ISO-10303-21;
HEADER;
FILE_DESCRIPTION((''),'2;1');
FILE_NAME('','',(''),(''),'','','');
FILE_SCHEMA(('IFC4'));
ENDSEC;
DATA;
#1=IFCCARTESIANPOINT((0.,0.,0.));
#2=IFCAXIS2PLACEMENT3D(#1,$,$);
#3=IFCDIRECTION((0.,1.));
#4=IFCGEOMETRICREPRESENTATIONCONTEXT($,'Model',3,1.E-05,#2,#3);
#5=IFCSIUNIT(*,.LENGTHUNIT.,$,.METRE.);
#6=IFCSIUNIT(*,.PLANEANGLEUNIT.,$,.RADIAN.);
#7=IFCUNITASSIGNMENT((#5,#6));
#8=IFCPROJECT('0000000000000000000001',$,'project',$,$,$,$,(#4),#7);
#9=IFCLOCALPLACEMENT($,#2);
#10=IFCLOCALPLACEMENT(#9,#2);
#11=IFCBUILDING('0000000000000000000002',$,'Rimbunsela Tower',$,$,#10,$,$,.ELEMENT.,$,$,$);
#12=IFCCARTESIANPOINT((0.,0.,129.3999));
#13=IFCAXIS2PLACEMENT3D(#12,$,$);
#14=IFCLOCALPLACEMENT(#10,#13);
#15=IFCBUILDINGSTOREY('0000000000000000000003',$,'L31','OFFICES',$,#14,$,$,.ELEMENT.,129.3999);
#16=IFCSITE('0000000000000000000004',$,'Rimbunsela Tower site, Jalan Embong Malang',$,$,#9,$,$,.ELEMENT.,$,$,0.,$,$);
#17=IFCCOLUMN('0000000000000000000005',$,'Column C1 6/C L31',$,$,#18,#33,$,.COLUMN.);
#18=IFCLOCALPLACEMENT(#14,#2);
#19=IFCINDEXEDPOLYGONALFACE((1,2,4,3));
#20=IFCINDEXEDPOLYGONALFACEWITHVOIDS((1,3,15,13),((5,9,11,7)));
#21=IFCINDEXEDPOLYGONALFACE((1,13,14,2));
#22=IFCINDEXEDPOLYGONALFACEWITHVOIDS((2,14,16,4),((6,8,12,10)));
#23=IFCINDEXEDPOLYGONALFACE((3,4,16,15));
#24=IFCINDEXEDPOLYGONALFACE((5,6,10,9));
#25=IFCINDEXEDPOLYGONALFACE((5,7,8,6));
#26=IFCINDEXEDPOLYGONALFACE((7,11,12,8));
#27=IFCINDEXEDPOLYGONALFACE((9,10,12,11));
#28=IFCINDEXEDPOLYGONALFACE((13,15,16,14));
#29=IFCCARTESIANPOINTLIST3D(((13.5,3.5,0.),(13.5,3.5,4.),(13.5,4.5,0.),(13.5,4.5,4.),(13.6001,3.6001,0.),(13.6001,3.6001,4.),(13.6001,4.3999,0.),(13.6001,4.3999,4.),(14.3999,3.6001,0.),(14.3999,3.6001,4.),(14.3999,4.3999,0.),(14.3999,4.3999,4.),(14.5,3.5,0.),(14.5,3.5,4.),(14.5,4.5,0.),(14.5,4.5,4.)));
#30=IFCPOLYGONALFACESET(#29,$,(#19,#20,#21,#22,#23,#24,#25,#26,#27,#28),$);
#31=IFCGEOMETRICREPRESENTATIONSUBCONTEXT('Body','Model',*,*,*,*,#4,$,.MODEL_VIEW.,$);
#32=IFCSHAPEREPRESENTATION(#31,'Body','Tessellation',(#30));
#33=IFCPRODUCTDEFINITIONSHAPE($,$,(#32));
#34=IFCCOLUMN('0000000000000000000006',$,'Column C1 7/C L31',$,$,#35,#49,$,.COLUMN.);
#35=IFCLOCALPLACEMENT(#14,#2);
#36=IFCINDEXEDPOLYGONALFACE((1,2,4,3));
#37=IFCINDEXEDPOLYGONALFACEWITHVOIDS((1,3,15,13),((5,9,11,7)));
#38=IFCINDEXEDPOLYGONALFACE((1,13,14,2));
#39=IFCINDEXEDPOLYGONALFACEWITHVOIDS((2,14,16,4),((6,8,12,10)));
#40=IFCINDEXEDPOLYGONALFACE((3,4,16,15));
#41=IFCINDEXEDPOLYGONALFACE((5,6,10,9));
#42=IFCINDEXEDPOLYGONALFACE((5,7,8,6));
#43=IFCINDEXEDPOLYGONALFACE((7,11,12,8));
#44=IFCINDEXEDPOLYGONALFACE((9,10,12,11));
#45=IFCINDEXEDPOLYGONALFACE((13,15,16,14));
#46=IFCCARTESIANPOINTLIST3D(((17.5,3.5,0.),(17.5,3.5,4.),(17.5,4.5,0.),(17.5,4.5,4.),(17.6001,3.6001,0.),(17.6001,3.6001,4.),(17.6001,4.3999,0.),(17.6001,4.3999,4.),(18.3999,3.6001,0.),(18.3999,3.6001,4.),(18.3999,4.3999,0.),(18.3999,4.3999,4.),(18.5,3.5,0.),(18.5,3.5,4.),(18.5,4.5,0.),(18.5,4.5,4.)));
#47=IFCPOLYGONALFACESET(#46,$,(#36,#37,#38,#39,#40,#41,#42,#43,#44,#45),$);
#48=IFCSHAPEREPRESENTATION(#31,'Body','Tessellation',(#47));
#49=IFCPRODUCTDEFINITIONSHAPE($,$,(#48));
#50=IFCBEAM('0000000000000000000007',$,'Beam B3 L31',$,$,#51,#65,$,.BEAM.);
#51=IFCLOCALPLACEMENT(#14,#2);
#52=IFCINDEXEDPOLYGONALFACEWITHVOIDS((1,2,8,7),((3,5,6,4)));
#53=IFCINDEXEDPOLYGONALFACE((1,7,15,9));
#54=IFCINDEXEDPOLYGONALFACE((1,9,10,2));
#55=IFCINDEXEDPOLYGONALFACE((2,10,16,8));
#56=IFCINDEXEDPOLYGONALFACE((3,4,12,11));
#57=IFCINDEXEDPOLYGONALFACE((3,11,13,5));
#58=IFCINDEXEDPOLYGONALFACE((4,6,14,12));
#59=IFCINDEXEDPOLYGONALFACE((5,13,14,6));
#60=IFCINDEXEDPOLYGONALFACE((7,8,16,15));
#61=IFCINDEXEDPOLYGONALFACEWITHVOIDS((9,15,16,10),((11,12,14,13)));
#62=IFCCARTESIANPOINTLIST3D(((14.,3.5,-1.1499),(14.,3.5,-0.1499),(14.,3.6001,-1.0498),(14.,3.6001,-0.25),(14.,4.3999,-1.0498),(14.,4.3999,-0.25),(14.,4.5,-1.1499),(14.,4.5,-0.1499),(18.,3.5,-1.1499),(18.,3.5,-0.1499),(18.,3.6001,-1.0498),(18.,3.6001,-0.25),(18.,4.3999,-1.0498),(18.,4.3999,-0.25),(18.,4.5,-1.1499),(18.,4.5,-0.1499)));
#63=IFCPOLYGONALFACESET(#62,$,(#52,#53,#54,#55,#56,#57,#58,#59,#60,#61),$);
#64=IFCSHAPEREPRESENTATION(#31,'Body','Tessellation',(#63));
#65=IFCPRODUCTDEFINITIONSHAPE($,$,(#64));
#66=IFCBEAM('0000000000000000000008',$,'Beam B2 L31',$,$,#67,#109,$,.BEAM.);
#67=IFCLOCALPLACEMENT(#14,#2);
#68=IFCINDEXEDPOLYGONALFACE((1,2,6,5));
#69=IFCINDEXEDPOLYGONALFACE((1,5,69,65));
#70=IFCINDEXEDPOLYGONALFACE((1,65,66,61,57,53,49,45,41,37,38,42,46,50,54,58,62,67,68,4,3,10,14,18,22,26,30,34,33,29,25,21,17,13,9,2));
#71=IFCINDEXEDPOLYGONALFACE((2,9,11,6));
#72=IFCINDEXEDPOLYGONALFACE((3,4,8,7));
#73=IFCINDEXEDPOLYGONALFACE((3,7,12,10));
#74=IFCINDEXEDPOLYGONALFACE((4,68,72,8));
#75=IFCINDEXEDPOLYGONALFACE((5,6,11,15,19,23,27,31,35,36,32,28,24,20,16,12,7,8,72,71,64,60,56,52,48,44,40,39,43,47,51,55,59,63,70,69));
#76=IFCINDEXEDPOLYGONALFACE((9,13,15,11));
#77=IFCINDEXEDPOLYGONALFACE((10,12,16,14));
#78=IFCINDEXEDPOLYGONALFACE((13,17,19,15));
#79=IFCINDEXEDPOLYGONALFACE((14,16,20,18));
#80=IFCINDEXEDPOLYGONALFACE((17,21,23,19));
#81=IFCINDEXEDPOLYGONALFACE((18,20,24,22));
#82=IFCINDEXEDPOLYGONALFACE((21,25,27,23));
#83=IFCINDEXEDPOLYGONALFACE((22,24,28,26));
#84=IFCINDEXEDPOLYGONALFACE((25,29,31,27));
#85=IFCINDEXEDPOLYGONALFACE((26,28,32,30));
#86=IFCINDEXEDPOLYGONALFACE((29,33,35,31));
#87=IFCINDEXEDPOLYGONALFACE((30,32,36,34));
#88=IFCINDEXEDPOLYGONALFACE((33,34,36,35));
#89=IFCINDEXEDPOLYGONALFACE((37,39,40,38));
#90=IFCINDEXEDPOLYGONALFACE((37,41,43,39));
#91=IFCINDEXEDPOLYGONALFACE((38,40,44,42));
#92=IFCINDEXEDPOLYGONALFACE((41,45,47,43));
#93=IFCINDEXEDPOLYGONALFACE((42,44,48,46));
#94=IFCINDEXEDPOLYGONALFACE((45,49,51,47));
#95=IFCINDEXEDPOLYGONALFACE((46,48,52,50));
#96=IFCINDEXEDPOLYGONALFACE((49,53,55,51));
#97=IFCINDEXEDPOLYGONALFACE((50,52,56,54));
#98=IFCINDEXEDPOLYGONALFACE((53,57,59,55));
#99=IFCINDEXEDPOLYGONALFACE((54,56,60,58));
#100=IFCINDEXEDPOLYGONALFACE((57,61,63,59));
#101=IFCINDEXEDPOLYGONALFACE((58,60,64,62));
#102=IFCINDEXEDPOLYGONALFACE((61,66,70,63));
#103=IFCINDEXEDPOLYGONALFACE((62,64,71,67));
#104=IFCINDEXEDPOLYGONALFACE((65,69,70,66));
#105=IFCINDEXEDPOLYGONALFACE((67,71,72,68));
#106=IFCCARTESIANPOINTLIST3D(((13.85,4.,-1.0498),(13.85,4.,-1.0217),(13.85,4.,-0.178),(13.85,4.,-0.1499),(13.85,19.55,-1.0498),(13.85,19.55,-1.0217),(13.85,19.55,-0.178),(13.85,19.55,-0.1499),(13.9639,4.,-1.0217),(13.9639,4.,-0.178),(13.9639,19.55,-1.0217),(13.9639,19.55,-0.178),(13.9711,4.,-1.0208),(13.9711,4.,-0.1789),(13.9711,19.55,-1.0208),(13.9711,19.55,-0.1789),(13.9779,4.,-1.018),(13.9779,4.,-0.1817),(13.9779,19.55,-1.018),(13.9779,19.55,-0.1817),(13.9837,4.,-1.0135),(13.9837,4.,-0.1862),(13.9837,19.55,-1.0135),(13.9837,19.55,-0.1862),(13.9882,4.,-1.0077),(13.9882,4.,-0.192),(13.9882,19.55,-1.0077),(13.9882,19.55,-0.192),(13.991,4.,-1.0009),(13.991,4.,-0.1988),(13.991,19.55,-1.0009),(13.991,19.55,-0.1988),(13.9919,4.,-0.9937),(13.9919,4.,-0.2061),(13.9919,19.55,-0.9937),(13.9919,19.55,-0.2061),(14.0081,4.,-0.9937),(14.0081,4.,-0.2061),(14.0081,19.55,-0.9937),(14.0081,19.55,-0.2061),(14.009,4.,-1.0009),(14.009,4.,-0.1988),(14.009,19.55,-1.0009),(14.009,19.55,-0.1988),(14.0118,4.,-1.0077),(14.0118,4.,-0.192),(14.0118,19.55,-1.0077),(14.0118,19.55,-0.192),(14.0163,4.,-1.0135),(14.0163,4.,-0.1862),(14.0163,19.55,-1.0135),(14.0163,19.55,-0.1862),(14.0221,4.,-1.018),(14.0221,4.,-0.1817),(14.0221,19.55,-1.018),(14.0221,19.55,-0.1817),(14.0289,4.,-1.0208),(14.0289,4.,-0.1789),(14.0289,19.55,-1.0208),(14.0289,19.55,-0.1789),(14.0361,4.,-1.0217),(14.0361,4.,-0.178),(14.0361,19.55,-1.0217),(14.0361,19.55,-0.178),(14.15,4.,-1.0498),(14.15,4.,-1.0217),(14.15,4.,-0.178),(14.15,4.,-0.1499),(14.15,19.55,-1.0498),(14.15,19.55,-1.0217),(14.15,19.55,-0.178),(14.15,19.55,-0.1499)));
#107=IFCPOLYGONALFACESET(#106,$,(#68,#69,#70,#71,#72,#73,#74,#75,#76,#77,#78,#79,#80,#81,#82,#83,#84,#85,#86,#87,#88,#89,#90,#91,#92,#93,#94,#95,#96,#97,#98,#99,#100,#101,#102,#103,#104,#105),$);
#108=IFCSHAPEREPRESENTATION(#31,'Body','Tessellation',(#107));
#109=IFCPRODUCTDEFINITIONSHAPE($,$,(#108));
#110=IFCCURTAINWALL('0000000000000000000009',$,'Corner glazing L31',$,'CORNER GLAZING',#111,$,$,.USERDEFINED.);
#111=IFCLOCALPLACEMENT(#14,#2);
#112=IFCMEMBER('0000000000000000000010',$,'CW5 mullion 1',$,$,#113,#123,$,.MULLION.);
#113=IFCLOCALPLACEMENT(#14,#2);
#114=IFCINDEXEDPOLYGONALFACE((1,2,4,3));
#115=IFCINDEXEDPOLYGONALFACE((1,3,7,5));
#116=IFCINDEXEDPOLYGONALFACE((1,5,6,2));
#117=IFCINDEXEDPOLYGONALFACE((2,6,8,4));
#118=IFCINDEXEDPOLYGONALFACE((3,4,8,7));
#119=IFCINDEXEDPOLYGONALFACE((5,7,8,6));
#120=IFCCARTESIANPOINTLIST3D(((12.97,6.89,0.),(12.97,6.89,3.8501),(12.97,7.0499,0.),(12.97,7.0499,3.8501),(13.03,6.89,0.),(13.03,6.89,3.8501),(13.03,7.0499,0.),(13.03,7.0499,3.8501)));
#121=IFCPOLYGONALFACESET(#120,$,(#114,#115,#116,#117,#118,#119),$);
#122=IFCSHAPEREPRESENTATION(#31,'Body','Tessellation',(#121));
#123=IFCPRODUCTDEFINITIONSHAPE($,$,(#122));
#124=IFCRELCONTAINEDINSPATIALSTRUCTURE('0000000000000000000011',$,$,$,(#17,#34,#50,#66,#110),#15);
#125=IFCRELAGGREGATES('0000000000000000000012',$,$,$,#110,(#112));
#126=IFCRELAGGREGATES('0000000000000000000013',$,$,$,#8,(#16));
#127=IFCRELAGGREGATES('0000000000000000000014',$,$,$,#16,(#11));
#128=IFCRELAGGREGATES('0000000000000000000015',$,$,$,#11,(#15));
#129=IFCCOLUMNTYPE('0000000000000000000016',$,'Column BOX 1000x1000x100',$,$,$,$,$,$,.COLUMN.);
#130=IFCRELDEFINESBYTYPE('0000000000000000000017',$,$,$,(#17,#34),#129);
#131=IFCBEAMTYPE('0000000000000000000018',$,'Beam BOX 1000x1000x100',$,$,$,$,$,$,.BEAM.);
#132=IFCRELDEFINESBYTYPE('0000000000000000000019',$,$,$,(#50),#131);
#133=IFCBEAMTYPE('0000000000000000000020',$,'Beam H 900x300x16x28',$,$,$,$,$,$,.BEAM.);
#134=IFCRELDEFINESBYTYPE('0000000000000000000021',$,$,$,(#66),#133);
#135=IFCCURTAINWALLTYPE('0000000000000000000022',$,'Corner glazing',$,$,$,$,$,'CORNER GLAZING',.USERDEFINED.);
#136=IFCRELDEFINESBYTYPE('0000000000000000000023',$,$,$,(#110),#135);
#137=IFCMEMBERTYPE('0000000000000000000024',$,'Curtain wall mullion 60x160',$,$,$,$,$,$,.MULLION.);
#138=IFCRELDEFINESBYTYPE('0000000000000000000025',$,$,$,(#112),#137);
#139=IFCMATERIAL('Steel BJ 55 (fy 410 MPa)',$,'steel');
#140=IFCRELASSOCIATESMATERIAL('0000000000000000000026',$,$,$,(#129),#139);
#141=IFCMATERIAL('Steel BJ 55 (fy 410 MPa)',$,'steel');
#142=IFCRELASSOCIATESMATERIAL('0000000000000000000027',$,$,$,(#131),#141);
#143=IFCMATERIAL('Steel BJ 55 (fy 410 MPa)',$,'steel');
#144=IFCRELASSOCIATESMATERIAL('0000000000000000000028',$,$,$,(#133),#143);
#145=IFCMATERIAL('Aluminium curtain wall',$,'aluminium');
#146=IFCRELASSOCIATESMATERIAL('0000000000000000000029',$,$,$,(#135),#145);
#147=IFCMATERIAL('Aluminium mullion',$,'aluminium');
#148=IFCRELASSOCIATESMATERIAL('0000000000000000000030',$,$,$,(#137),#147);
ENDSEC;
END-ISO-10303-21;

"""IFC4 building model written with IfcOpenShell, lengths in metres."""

from ifc_helpers import new_model, si_unit, direction, frame, origin, origin_2d, place, context, subcontext, project, spatial, rectangle, hollow_rectangle, i_section, extrude, material, material_profile, profile_set, type_object, element, aggregate, save


model = new_model("IFC4")

# Units and contexts
model_context = context("Model", 3, precision=1e-05, world=origin(), true_north=direction((0.0, 1.0)))
body_context = subcontext(model_context, "Body", "Model", "MODEL_VIEW")
ifc_project = project(units=[si_unit("LENGTHUNIT", "METRE"), si_unit("PLANEANGLEUNIT", "RADIAN")], contexts=[model_context])

# Site, building, storey
site_placement = place(None, origin())
site = spatial("IfcSite", under=ifc_project, at=site_placement, Name="Rimbunsela Tower site, Jalan Embong Malang", CompositionType="ELEMENT", RefElevation=0.0)
building_placement = place(site_placement, origin())
building = spatial("IfcBuilding", under=site, at=building_placement, Name="Rimbunsela Tower", CompositionType="ELEMENT")
storey_placement = place(building_placement, frame((0.0, 0.0, 129.3999)))
storey = spatial("IfcBuildingStorey", under=building, at=storey_placement, Name="L31", Description="OFFICES", CompositionType="ELEMENT", Elevation=129.3999)

# Columns
ifc_material_1 = material(Name="Steel BJ 55 (fy 410 MPa)", Category="steel")
ifc_material_profile_1 = material_profile(ifc_material_1, hollow_rectangle(XDim=1.0, YDim=1.0, WallThickness=0.1001, at=origin_2d()), Name="BOX 1000x1000x100")
ifc_profile_set_1 = profile_set([ifc_material_profile_1], Name="Steel BJ 55 (fy 410 MPa)")
column_type = type_object("IfcColumnType", Name="Column BOX 1000x1000x100", PredefinedType="COLUMN", material=ifc_profile_set_1)
for number, where, z_axis, x_axis, name in (
    (1, (14.0, 4.0, 0.0), (0.0, 0.0, 1.0), (1.0, 0.0, 0.0), "Column C1 6/C L31"),
    (2, (18.0, 4.0, 0.0), (0.0, 0.0, 1.0), (1.0, 0.0, 0.0), "Column C1 7/C L31"),
):
    element("IfcColumn", number, at=place(storey_placement, frame(where, z_axis=z_axis, x_axis=x_axis)), inside=storey, type_object=column_type, Name=name, PredefinedType="COLUMN", context=body_context, shape_type="SweptSolid", body=[
        extrude(hollow_rectangle(XDim=1.0, YDim=1.0, WallThickness=0.1001, at=origin_2d()), origin(), (0.0, 0.0, 1.0), 4.0),
    ])

# Beams
ifc_material_2 = material(Name="Steel BJ 55 (fy 410 MPa)", Category="steel")
ifc_material_profile_2 = material_profile(ifc_material_2, hollow_rectangle(XDim=1.0, YDim=1.0, WallThickness=0.1001, at=origin_2d()), Name="BOX 1000x1000x100")
ifc_profile_set_2 = profile_set([ifc_material_profile_2], Name="Steel BJ 55 (fy 410 MPa)")
beam_type_1 = type_object("IfcBeamType", Name="Beam BOX 1000x1000x100", PredefinedType="BEAM", material=ifc_profile_set_2)
beam_1_placement = place(storey_placement, frame((14.0, 4.0, -0.6499), z_axis=(1.0, 0.0, 0.0), x_axis=(0.0, 1.0, 0.0)))
element("IfcBeam", 3, at=beam_1_placement, inside=storey, type_object=beam_type_1, Name="Beam B3 L31", PredefinedType="BEAM", context=body_context, shape_type="SweptSolid", body=[
    extrude(hollow_rectangle(XDim=1.0, YDim=1.0, WallThickness=0.1001, at=origin_2d()), origin(), (0.0, 0.0, 1.0), 4.0),
])
ifc_material_3 = material(Name="Steel BJ 55 (fy 410 MPa)", Category="steel")
ifc_material_profile_3 = material_profile(ifc_material_3, i_section(OverallWidth=0.3, OverallDepth=0.8999, WebThickness=0.0161, FlangeThickness=0.0281, FilletRadius=0.0281, at=origin_2d()), Name="H 900x300x16x28")
ifc_profile_set_3 = profile_set([ifc_material_profile_3], Name="Steel BJ 55 (fy 410 MPa)")
beam_type_2 = type_object("IfcBeamType", Name="Beam H 900x300x16x28", PredefinedType="BEAM", material=ifc_profile_set_3)
beam_2_placement = place(storey_placement, frame((14.0, 4.0, -0.5999), z_axis=(0.0, 1.0, 0.0), x_axis=(-1.0, 0.0, 0.0)))
element("IfcBeam", 4, at=beam_2_placement, inside=storey, type_object=beam_type_2, Name="Beam B2 L31", PredefinedType="BEAM", context=body_context, shape_type="SweptSolid", body=[
    extrude(i_section(OverallWidth=0.3, OverallDepth=0.8999, WebThickness=0.0161, FlangeThickness=0.0281, FilletRadius=0.0281, at=origin_2d()), origin(), (0.0, 0.0, 1.0), 15.55),
])

# Curtain wall, member
ifc_material_4 = material(Name="Aluminium curtain wall", Category="aluminium")
curtain_wall_type = type_object("IfcCurtainWallType", Name="Corner glazing", ElementType="CORNER GLAZING", PredefinedType="USERDEFINED", material=ifc_material_4)
curtain_wall_placement = place(storey_placement, origin())
curtain_wall = element("IfcCurtainWall", 5, at=curtain_wall_placement, inside=storey, type_object=curtain_wall_type, Name="Corner glazing L31", ObjectType="CORNER GLAZING", PredefinedType="USERDEFINED")
ifc_material_5 = material(Name="Aluminium mullion", Category="aluminium")
ifc_material_profile_4 = material_profile(ifc_material_5, rectangle(XDim=0.0601, YDim=0.1599, at=origin_2d()), Name="Mullion 60x160")
ifc_profile_set_4 = profile_set([ifc_material_profile_4], Name="Aluminium mullion")
member_type = type_object("IfcMemberType", Name="Curtain wall mullion 60x160", PredefinedType="MULLION", material=ifc_profile_set_4)
member_placement = place(storey_placement, frame((13.0, 6.97, 0.0), z_axis=(0.0, 0.0, 1.0), x_axis=(1.0, 0.0, 0.0)))
member = element("IfcMember", 6, at=member_placement, type_object=member_type, Name="CW5 mullion 1", PredefinedType="MULLION", context=body_context, shape_type="SweptSolid", body=[
    extrude(rectangle(XDim=0.0601, YDim=0.1599, at=origin_2d()), origin(), (0.0, 0.0, 1.0), 3.8501),
])
aggregate(curtain_wall, [member])

save(model, "model.ifc")
